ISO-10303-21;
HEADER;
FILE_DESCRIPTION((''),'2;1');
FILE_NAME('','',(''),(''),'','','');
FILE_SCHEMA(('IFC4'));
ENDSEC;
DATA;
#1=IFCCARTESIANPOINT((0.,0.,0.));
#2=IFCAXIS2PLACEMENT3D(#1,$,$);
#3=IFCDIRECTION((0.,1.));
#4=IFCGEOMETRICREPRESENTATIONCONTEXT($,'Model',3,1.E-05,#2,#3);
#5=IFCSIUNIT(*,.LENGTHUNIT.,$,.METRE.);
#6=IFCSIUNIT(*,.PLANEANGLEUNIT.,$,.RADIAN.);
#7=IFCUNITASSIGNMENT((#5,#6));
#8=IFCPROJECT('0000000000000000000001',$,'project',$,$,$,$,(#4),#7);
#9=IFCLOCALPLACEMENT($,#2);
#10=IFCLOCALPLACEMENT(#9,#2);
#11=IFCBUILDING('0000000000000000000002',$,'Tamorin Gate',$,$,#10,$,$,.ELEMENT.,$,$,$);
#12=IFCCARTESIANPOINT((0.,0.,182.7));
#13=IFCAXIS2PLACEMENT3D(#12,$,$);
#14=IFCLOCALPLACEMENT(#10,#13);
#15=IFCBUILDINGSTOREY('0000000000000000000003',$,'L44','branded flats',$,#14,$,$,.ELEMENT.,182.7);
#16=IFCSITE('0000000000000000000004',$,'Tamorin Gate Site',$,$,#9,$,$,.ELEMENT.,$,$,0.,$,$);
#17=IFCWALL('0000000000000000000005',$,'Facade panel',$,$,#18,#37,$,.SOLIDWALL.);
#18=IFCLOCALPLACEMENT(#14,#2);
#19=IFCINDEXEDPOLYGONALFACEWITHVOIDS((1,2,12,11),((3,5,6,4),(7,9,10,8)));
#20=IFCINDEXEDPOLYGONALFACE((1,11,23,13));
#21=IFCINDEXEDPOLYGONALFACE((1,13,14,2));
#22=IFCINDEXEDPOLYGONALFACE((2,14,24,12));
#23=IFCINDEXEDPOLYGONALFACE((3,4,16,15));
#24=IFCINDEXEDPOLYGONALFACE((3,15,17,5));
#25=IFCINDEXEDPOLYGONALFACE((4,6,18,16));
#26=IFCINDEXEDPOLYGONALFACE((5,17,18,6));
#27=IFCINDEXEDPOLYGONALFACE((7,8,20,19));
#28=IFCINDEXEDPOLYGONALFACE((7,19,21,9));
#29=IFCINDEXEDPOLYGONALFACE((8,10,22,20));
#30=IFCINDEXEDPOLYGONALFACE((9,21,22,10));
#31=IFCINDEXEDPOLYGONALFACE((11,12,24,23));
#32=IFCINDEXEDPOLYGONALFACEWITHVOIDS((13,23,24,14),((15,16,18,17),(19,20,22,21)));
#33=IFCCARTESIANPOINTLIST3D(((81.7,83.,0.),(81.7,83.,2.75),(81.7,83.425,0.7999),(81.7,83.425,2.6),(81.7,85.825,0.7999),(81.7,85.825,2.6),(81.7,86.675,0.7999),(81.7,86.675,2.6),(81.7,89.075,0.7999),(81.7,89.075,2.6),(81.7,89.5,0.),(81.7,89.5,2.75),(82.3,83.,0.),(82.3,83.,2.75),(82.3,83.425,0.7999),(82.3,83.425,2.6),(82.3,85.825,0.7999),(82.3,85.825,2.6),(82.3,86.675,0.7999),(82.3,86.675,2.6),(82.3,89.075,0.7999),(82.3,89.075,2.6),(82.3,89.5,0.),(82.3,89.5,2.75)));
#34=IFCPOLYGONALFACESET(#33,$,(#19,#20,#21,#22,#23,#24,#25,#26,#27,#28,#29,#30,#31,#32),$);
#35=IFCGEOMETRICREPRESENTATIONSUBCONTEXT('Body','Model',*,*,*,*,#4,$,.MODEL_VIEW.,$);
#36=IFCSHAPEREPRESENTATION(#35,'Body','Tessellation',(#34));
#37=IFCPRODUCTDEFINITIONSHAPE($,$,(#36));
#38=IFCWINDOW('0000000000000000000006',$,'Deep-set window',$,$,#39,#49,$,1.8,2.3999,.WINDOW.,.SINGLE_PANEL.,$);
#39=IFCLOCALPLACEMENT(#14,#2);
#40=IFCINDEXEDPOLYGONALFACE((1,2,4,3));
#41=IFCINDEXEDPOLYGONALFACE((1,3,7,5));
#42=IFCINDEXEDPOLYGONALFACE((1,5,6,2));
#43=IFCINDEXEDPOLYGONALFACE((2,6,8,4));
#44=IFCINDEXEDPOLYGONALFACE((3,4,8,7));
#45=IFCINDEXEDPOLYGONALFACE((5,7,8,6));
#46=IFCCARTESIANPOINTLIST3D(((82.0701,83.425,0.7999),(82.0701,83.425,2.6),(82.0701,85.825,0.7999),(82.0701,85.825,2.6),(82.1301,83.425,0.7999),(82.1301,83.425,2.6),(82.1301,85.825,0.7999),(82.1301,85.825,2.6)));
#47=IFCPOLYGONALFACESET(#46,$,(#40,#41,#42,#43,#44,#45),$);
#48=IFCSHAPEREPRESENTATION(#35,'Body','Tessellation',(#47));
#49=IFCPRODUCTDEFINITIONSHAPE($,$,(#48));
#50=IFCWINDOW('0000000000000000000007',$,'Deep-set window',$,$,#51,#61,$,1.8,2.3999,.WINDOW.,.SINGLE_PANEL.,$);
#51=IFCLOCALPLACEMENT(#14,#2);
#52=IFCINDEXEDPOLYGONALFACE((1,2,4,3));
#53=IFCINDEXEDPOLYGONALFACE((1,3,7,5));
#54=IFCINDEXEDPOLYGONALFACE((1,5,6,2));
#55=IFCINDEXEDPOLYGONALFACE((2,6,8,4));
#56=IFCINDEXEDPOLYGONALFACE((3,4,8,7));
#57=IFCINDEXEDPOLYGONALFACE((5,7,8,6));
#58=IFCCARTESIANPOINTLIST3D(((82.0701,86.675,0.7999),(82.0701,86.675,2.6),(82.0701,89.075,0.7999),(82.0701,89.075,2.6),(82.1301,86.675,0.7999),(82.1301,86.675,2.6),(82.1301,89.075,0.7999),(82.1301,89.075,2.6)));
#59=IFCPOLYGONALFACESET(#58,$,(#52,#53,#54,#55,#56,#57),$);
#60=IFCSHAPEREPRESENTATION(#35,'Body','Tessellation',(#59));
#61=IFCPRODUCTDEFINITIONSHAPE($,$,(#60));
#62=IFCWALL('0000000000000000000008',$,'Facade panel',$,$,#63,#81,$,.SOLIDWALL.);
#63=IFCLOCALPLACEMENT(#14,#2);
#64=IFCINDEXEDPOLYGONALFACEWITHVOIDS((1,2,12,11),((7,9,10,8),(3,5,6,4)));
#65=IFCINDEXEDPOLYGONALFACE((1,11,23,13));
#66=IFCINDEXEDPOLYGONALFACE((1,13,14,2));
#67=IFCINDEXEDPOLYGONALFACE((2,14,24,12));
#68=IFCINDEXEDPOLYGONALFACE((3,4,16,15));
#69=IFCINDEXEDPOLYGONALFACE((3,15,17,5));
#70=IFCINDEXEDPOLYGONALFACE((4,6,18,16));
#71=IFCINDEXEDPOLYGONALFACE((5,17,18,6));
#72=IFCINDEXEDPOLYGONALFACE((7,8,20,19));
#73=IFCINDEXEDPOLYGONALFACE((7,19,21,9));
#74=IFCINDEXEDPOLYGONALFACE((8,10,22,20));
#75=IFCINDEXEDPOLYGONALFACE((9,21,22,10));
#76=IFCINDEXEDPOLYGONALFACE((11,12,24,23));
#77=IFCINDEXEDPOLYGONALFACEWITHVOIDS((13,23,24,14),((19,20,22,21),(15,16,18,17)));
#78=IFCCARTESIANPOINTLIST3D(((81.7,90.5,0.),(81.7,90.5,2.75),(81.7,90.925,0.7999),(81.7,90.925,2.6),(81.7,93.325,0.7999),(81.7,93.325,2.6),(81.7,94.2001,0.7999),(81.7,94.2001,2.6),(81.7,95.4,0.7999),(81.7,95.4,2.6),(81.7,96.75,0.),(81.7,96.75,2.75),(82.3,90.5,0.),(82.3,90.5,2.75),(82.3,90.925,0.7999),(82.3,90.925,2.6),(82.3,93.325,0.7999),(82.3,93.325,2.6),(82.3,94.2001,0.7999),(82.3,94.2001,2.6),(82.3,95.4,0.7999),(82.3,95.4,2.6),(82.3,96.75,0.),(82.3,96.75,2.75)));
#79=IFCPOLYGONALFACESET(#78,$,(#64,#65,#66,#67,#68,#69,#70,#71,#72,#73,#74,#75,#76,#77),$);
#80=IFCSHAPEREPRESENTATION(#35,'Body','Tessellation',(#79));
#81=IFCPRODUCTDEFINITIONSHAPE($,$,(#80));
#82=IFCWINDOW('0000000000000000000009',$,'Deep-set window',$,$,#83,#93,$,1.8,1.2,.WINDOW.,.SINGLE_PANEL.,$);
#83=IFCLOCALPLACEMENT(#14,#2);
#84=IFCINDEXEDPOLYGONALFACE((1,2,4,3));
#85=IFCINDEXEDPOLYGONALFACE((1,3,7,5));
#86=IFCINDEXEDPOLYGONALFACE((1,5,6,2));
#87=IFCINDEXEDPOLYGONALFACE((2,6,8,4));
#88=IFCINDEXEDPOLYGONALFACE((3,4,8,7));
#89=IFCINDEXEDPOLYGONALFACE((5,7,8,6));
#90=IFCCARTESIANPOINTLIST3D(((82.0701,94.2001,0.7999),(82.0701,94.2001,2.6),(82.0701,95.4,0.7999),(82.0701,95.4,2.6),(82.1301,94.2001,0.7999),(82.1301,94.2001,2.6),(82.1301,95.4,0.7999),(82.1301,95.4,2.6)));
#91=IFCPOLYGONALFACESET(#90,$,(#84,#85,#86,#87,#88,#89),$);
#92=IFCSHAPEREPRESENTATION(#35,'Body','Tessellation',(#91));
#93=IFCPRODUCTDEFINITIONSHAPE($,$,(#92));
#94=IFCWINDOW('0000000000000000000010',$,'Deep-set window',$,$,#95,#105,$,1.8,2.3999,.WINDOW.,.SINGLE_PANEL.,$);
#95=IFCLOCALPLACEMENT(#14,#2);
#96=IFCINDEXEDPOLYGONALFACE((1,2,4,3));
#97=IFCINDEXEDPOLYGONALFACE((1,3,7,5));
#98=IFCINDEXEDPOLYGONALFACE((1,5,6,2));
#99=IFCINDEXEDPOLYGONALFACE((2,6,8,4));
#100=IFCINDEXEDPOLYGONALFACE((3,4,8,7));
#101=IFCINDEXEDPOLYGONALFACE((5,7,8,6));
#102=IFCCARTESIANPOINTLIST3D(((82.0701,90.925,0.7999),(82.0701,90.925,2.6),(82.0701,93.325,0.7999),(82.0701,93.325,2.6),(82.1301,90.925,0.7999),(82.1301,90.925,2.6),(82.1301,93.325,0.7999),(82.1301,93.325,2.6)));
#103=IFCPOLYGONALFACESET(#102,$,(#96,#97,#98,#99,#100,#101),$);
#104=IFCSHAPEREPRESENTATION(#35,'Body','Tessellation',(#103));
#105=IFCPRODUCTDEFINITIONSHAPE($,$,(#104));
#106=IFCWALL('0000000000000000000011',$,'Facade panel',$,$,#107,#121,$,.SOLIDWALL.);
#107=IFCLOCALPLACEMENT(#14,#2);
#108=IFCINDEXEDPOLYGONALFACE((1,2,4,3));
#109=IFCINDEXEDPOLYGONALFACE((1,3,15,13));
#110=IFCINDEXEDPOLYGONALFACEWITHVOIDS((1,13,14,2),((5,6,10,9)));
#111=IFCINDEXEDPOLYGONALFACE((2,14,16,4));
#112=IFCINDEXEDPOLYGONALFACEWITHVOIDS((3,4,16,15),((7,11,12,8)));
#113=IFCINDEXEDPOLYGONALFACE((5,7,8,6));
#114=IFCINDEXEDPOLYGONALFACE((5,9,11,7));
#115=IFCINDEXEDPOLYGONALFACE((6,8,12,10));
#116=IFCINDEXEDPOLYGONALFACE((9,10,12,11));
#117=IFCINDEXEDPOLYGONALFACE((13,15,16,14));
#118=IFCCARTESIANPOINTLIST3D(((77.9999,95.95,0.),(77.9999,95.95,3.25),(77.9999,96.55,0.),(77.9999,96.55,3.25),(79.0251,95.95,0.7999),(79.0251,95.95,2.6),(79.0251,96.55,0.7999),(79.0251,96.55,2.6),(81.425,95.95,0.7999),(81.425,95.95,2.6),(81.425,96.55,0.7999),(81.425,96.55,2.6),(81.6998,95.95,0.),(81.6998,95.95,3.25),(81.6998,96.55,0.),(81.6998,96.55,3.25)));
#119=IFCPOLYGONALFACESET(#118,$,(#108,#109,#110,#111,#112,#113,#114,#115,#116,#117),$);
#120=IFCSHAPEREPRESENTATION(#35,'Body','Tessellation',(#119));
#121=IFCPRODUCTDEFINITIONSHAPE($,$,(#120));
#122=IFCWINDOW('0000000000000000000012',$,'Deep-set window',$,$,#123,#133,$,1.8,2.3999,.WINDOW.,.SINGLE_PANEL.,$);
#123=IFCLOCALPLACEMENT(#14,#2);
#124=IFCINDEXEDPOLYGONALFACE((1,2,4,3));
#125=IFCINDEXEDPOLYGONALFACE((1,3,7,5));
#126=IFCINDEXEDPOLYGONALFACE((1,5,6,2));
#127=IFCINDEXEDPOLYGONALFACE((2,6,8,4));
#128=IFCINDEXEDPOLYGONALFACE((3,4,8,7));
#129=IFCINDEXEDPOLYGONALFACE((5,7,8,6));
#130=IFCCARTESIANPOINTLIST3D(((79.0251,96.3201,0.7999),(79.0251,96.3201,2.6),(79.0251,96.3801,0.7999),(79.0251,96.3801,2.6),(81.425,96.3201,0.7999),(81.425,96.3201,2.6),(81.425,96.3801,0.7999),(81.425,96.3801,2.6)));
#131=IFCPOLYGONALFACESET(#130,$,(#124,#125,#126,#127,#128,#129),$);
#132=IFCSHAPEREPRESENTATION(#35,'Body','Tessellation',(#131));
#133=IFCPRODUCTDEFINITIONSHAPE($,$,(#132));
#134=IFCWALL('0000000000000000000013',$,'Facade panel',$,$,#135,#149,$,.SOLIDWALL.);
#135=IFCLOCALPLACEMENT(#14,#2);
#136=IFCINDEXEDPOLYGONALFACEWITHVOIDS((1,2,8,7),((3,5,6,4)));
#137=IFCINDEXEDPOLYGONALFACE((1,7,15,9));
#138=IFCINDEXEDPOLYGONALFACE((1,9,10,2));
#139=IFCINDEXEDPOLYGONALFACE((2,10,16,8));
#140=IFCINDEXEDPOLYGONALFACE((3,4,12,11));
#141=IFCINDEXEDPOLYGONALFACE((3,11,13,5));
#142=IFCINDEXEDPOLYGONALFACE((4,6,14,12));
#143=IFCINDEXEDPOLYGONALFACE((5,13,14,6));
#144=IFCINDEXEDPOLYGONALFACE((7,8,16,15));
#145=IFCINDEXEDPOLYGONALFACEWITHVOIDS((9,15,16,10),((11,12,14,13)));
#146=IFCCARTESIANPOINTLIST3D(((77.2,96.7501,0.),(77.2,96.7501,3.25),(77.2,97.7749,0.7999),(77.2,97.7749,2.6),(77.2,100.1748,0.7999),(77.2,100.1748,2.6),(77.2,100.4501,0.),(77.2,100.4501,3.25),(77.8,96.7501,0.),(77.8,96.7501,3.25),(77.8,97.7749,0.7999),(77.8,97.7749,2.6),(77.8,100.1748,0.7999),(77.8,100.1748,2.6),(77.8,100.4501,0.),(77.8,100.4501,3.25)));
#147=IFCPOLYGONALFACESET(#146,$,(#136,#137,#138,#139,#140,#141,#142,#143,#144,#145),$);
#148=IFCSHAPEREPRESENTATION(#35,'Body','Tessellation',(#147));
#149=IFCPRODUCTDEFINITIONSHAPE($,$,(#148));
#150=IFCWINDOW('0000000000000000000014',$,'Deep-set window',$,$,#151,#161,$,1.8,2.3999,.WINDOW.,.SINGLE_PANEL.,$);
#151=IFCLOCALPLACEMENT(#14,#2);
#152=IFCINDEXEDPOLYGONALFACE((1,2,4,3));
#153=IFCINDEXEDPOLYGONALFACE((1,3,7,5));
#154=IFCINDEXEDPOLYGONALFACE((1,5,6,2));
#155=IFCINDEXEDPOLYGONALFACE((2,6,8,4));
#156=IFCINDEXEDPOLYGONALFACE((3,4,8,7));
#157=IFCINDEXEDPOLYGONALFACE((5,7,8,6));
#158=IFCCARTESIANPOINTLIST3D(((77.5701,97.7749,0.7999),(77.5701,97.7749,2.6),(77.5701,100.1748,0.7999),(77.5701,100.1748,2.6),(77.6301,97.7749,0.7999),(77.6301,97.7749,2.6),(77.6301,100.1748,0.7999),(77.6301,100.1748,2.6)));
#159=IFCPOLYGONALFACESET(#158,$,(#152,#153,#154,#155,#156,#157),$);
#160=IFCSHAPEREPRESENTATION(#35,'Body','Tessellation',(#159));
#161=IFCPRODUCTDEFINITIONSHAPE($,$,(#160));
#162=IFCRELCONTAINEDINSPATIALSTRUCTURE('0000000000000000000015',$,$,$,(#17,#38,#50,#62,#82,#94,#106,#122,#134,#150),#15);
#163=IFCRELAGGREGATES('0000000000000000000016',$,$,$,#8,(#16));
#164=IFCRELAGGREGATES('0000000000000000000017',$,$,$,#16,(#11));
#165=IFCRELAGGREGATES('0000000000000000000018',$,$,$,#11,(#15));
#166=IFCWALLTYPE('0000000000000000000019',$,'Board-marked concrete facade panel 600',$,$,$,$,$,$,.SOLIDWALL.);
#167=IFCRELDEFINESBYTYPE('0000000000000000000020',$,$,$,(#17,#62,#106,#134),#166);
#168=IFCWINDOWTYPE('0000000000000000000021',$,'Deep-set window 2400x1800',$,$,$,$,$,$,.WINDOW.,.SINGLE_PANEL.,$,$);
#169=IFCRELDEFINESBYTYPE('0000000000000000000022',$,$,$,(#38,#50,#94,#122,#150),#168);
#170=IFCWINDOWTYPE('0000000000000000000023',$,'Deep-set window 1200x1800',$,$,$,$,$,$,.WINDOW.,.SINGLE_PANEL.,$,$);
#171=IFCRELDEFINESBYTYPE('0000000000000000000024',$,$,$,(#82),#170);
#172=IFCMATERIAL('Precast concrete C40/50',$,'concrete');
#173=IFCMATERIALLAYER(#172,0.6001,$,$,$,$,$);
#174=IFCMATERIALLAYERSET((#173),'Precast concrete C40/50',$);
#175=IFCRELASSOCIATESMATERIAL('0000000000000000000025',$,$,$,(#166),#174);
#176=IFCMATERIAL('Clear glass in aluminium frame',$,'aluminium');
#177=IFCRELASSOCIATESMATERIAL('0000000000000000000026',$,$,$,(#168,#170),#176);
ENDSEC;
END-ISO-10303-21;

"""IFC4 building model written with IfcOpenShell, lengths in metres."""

from ifc_helpers import new_model, si_unit, direction, frame, frame_2d, origin, place, context, subcontext, project, spatial, rectangle, extrude, material, layer, layer_set, type_object, element, fill, save


model = new_model("IFC4")

# Units and contexts
model_context = context("Model", 3, precision=1e-05, world=origin(), true_north=direction((0.0, 1.0)))
body_context = subcontext(model_context, "Body", "Model", "MODEL_VIEW")
ifc_project = project(units=[si_unit("LENGTHUNIT", "METRE"), si_unit("PLANEANGLEUNIT", "RADIAN")], contexts=[model_context])

# Site, building, storey
site_placement = place(None, origin())
site = spatial("IfcSite", under=ifc_project, at=site_placement, Name="Tamorin Gate Site", CompositionType="ELEMENT", RefElevation=0.0)
building_placement = place(site_placement, origin())
building = spatial("IfcBuilding", under=site, at=building_placement, Name="Tamorin Gate", CompositionType="ELEMENT")
storey_placement = place(building_placement, frame((0.0, 0.0, 182.7)))
storey = spatial("IfcBuildingStorey", under=building, at=storey_placement, Name="L44", Description="branded flats", CompositionType="ELEMENT", Elevation=182.7)

# Walls, openings, windows
ifc_material_1 = material(Name="Precast concrete C40/50", Category="concrete")
ifc_layer = layer(ifc_material_1, 0.6001)
ifc_layer_set = layer_set([ifc_layer], Name="Precast concrete C40/50")
wall_type = type_object("IfcWallType", Name="Board-marked concrete facade panel 600", PredefinedType="SOLIDWALL", material=ifc_layer_set)
wall_1_placement = place(storey_placement, frame((82.0, 83.0, 0.0), z_axis=(0.0, 0.0, 1.0), x_axis=(0.0, 1.0, 0.0)))
wall_1 = element("IfcWall", 1, at=wall_1_placement, inside=storey, type_object=wall_type, Name="Facade panel", PredefinedType="SOLIDWALL", context=body_context, shape_type="SweptSolid", body=[
    extrude(rectangle(XDim=6.5, YDim=0.6001, at=frame_2d((3.25, 0.0))), origin(), (0.0, 0.0, 1.0), 2.75),
])
opening_1_placement = place(wall_1_placement, frame((0.425, 0.0, 0.8)))
opening_1 = element("IfcOpeningElement", 2, at=opening_1_placement, cuts=wall_1, PredefinedType="OPENING", context=body_context, shape_type="SweptSolid", body=[
    extrude(rectangle(XDim=2.3999, YDim=1.8, at=frame_2d((1.2, 0.8999))), frame((0.0, 0.3101, 0.0), z_axis=(0.0, -1.0, 0.0), x_axis=(1.0, 0.0, 0.0)), (0.0, 0.0, 1.0), 0.6201),
])
opening_2_placement = place(wall_1_placement, frame((3.675, 0.0, 0.8)))
opening_2 = element("IfcOpeningElement", 3, at=opening_2_placement, cuts=wall_1, PredefinedType="OPENING", context=body_context, shape_type="SweptSolid", body=[
    extrude(rectangle(XDim=2.3999, YDim=1.8, at=frame_2d((1.2, 0.8999))), frame((0.0, 0.3101, 0.0), z_axis=(0.0, -1.0, 0.0), x_axis=(1.0, 0.0, 0.0)), (0.0, 0.0, 1.0), 0.6201),
])
ifc_material_2 = material(Name="Clear glass in aluminium frame", Category="aluminium")
window_type_1 = type_object("IfcWindowType", Name="Deep-set window 2400x1800", PartitioningType="SINGLE_PANEL", PredefinedType="WINDOW", material=ifc_material_2)
window_1_placement = place(opening_1_placement, origin())
window_1 = element("IfcWindow", 4, at=window_1_placement, inside=storey, type_object=window_type_1, Name="Deep-set window", OverallHeight=1.8, OverallWidth=2.3999, PartitioningType="SINGLE_PANEL", PredefinedType="WINDOW", context=body_context, shape_type="SweptSolid", body=[
    extrude(rectangle(XDim=2.3999, YDim=1.8, at=frame_2d((1.2, 0.8999))), frame((0.0, -0.0701, 0.0), z_axis=(0.0, -1.0, 0.0), x_axis=(1.0, 0.0, 0.0)), (0.0, 0.0, 1.0), 0.0601),
])
fill(opening_1, window_1)
window_2_placement = place(opening_2_placement, origin())
window_2 = element("IfcWindow", 5, at=window_2_placement, inside=storey, type_object=window_type_1, Name="Deep-set window", OverallHeight=1.8, OverallWidth=2.3999, PartitioningType="SINGLE_PANEL", PredefinedType="WINDOW", context=body_context, shape_type="SweptSolid", body=[
    extrude(rectangle(XDim=2.3999, YDim=1.8, at=frame_2d((1.2, 0.8999))), frame((0.0, -0.0701, 0.0), z_axis=(0.0, -1.0, 0.0), x_axis=(1.0, 0.0, 0.0)), (0.0, 0.0, 1.0), 0.0601),
])
fill(opening_2, window_2)
wall_2_placement = place(storey_placement, frame((82.0, 90.5, 0.0), z_axis=(0.0, 0.0, 1.0), x_axis=(0.0, 1.0, 0.0)))
wall_2 = element("IfcWall", 6, at=wall_2_placement, inside=storey, type_object=wall_type, Name="Facade panel", PredefinedType="SOLIDWALL", context=body_context, shape_type="SweptSolid", body=[
    extrude(rectangle(XDim=6.25, YDim=0.6001, at=frame_2d((3.125, 0.0))), origin(), (0.0, 0.0, 1.0), 2.75),
])
opening_3_placement = place(wall_2_placement, frame((0.425, 0.0, 0.8)))
opening_3 = element("IfcOpeningElement", 7, at=opening_3_placement, cuts=wall_2, PredefinedType="OPENING", context=body_context, shape_type="SweptSolid", body=[
    extrude(rectangle(XDim=2.3999, YDim=1.8, at=frame_2d((1.2, 0.8999))), frame((0.0, 0.3101, 0.0), z_axis=(0.0, -1.0, 0.0), x_axis=(1.0, 0.0, 0.0)), (0.0, 0.0, 1.0), 0.6201),
])
opening_4_placement = place(wall_2_placement, frame((3.7, 0.0, 0.8)))
opening_4 = element("IfcOpeningElement", 8, at=opening_4_placement, cuts=wall_2, PredefinedType="OPENING", context=body_context, shape_type="SweptSolid", body=[
    extrude(rectangle(XDim=1.2, YDim=1.8, at=frame_2d((0.6001, 0.8999))), frame((0.0, 0.3101, 0.0), z_axis=(0.0, -1.0, 0.0), x_axis=(1.0, 0.0, 0.0)), (0.0, 0.0, 1.0), 0.6201),
])
window_type_2 = type_object("IfcWindowType", Name="Deep-set window 1200x1800", PartitioningType="SINGLE_PANEL", PredefinedType="WINDOW", material=ifc_material_2)
window_3_placement = place(opening_4_placement, origin())
window_3 = element("IfcWindow", 9, at=window_3_placement, inside=storey, type_object=window_type_2, Name="Deep-set window", OverallHeight=1.8, OverallWidth=1.2, PartitioningType="SINGLE_PANEL", PredefinedType="WINDOW", context=body_context, shape_type="SweptSolid", body=[
    extrude(rectangle(XDim=1.2, YDim=1.8, at=frame_2d((0.6001, 0.8999))), frame((0.0, -0.0701, 0.0), z_axis=(0.0, -1.0, 0.0), x_axis=(1.0, 0.0, 0.0)), (0.0, 0.0, 1.0), 0.0601),
])
fill(opening_4, window_3)
window_4_placement = place(opening_3_placement, origin())
window_4 = element("IfcWindow", 10, at=window_4_placement, inside=storey, type_object=window_type_1, Name="Deep-set window", OverallHeight=1.8, OverallWidth=2.3999, PartitioningType="SINGLE_PANEL", PredefinedType="WINDOW", context=body_context, shape_type="SweptSolid", body=[
    extrude(rectangle(XDim=2.3999, YDim=1.8, at=frame_2d((1.2, 0.8999))), frame((0.0, -0.0701, 0.0), z_axis=(0.0, -1.0, 0.0), x_axis=(1.0, 0.0, 0.0)), (0.0, 0.0, 1.0), 0.0601),
])
fill(opening_3, window_4)

# Walls, openings, windows
wall_3_placement = place(storey_placement, frame((81.7, 96.25, 0.0), z_axis=(0.0, 0.0, 1.0), x_axis=(-1.0, 0.0, 0.0)))
wall_3 = element("IfcWall", 11, at=wall_3_placement, inside=storey, type_object=wall_type, Name="Facade panel", PredefinedType="SOLIDWALL", context=body_context, shape_type="SweptSolid", body=[
    extrude(rectangle(XDim=3.7, YDim=0.6001, at=frame_2d((1.8501, 0.0))), origin(), (0.0, 0.0, 1.0), 3.25),
])
opening_5_placement = place(wall_3_placement, frame((0.2749, 0.0, 0.8)))
opening_5 = element("IfcOpeningElement", 12, at=opening_5_placement, cuts=wall_3, PredefinedType="OPENING", context=body_context, shape_type="SweptSolid", body=[
    extrude(rectangle(XDim=2.3999, YDim=1.8, at=frame_2d((1.2, 0.8999))), frame((0.0, 0.3101, 0.0), z_axis=(0.0, -1.0, 0.0), x_axis=(1.0, 0.0, 0.0)), (0.0, 0.0, 1.0), 0.6201),
])
window_5_placement = place(opening_5_placement, origin())
window_5 = element("IfcWindow", 13, at=window_5_placement, inside=storey, type_object=window_type_1, Name="Deep-set window", OverallHeight=1.8, OverallWidth=2.3999, PartitioningType="SINGLE_PANEL", PredefinedType="WINDOW", context=body_context, shape_type="SweptSolid", body=[
    extrude(rectangle(XDim=2.3999, YDim=1.8, at=frame_2d((1.2, 0.8999))), frame((0.0, -0.0701, 0.0), z_axis=(0.0, -1.0, 0.0), x_axis=(1.0, 0.0, 0.0)), (0.0, 0.0, 1.0), 0.0601),
])
fill(opening_5, window_5)
wall_4_placement = place(storey_placement, frame((77.5, 96.75, 0.0), z_axis=(0.0, 0.0, 1.0), x_axis=(0.0, 1.0, 0.0)))
wall_4 = element("IfcWall", 14, at=wall_4_placement, inside=storey, type_object=wall_type, Name="Facade panel", PredefinedType="SOLIDWALL", context=body_context, shape_type="SweptSolid", body=[
    extrude(rectangle(XDim=3.7, YDim=0.6001, at=frame_2d((1.8501, 0.0))), origin(), (0.0, 0.0, 1.0), 3.25),
])
opening_6_placement = place(wall_4_placement, frame((1.0249, 0.0, 0.8)))
opening_6 = element("IfcOpeningElement", 15, at=opening_6_placement, cuts=wall_4, PredefinedType="OPENING", context=body_context, shape_type="SweptSolid", body=[
    extrude(rectangle(XDim=2.3999, YDim=1.8, at=frame_2d((1.2, 0.8999))), frame((0.0, 0.3101, 0.0), z_axis=(0.0, -1.0, 0.0), x_axis=(1.0, 0.0, 0.0)), (0.0, 0.0, 1.0), 0.6201),
])
window_6_placement = place(opening_6_placement, origin())
window_6 = element("IfcWindow", 16, at=window_6_placement, inside=storey, type_object=window_type_1, Name="Deep-set window", OverallHeight=1.8, OverallWidth=2.3999, PartitioningType="SINGLE_PANEL", PredefinedType="WINDOW", context=body_context, shape_type="SweptSolid", body=[
    extrude(rectangle(XDim=2.3999, YDim=1.8, at=frame_2d((1.2, 0.8999))), frame((0.0, -0.0701, 0.0), z_axis=(0.0, -1.0, 0.0), x_axis=(1.0, 0.0, 0.0)), (0.0, 0.0, 1.0), 0.0601),
])
fill(opening_6, window_6)

save(model, "model.ifc")
